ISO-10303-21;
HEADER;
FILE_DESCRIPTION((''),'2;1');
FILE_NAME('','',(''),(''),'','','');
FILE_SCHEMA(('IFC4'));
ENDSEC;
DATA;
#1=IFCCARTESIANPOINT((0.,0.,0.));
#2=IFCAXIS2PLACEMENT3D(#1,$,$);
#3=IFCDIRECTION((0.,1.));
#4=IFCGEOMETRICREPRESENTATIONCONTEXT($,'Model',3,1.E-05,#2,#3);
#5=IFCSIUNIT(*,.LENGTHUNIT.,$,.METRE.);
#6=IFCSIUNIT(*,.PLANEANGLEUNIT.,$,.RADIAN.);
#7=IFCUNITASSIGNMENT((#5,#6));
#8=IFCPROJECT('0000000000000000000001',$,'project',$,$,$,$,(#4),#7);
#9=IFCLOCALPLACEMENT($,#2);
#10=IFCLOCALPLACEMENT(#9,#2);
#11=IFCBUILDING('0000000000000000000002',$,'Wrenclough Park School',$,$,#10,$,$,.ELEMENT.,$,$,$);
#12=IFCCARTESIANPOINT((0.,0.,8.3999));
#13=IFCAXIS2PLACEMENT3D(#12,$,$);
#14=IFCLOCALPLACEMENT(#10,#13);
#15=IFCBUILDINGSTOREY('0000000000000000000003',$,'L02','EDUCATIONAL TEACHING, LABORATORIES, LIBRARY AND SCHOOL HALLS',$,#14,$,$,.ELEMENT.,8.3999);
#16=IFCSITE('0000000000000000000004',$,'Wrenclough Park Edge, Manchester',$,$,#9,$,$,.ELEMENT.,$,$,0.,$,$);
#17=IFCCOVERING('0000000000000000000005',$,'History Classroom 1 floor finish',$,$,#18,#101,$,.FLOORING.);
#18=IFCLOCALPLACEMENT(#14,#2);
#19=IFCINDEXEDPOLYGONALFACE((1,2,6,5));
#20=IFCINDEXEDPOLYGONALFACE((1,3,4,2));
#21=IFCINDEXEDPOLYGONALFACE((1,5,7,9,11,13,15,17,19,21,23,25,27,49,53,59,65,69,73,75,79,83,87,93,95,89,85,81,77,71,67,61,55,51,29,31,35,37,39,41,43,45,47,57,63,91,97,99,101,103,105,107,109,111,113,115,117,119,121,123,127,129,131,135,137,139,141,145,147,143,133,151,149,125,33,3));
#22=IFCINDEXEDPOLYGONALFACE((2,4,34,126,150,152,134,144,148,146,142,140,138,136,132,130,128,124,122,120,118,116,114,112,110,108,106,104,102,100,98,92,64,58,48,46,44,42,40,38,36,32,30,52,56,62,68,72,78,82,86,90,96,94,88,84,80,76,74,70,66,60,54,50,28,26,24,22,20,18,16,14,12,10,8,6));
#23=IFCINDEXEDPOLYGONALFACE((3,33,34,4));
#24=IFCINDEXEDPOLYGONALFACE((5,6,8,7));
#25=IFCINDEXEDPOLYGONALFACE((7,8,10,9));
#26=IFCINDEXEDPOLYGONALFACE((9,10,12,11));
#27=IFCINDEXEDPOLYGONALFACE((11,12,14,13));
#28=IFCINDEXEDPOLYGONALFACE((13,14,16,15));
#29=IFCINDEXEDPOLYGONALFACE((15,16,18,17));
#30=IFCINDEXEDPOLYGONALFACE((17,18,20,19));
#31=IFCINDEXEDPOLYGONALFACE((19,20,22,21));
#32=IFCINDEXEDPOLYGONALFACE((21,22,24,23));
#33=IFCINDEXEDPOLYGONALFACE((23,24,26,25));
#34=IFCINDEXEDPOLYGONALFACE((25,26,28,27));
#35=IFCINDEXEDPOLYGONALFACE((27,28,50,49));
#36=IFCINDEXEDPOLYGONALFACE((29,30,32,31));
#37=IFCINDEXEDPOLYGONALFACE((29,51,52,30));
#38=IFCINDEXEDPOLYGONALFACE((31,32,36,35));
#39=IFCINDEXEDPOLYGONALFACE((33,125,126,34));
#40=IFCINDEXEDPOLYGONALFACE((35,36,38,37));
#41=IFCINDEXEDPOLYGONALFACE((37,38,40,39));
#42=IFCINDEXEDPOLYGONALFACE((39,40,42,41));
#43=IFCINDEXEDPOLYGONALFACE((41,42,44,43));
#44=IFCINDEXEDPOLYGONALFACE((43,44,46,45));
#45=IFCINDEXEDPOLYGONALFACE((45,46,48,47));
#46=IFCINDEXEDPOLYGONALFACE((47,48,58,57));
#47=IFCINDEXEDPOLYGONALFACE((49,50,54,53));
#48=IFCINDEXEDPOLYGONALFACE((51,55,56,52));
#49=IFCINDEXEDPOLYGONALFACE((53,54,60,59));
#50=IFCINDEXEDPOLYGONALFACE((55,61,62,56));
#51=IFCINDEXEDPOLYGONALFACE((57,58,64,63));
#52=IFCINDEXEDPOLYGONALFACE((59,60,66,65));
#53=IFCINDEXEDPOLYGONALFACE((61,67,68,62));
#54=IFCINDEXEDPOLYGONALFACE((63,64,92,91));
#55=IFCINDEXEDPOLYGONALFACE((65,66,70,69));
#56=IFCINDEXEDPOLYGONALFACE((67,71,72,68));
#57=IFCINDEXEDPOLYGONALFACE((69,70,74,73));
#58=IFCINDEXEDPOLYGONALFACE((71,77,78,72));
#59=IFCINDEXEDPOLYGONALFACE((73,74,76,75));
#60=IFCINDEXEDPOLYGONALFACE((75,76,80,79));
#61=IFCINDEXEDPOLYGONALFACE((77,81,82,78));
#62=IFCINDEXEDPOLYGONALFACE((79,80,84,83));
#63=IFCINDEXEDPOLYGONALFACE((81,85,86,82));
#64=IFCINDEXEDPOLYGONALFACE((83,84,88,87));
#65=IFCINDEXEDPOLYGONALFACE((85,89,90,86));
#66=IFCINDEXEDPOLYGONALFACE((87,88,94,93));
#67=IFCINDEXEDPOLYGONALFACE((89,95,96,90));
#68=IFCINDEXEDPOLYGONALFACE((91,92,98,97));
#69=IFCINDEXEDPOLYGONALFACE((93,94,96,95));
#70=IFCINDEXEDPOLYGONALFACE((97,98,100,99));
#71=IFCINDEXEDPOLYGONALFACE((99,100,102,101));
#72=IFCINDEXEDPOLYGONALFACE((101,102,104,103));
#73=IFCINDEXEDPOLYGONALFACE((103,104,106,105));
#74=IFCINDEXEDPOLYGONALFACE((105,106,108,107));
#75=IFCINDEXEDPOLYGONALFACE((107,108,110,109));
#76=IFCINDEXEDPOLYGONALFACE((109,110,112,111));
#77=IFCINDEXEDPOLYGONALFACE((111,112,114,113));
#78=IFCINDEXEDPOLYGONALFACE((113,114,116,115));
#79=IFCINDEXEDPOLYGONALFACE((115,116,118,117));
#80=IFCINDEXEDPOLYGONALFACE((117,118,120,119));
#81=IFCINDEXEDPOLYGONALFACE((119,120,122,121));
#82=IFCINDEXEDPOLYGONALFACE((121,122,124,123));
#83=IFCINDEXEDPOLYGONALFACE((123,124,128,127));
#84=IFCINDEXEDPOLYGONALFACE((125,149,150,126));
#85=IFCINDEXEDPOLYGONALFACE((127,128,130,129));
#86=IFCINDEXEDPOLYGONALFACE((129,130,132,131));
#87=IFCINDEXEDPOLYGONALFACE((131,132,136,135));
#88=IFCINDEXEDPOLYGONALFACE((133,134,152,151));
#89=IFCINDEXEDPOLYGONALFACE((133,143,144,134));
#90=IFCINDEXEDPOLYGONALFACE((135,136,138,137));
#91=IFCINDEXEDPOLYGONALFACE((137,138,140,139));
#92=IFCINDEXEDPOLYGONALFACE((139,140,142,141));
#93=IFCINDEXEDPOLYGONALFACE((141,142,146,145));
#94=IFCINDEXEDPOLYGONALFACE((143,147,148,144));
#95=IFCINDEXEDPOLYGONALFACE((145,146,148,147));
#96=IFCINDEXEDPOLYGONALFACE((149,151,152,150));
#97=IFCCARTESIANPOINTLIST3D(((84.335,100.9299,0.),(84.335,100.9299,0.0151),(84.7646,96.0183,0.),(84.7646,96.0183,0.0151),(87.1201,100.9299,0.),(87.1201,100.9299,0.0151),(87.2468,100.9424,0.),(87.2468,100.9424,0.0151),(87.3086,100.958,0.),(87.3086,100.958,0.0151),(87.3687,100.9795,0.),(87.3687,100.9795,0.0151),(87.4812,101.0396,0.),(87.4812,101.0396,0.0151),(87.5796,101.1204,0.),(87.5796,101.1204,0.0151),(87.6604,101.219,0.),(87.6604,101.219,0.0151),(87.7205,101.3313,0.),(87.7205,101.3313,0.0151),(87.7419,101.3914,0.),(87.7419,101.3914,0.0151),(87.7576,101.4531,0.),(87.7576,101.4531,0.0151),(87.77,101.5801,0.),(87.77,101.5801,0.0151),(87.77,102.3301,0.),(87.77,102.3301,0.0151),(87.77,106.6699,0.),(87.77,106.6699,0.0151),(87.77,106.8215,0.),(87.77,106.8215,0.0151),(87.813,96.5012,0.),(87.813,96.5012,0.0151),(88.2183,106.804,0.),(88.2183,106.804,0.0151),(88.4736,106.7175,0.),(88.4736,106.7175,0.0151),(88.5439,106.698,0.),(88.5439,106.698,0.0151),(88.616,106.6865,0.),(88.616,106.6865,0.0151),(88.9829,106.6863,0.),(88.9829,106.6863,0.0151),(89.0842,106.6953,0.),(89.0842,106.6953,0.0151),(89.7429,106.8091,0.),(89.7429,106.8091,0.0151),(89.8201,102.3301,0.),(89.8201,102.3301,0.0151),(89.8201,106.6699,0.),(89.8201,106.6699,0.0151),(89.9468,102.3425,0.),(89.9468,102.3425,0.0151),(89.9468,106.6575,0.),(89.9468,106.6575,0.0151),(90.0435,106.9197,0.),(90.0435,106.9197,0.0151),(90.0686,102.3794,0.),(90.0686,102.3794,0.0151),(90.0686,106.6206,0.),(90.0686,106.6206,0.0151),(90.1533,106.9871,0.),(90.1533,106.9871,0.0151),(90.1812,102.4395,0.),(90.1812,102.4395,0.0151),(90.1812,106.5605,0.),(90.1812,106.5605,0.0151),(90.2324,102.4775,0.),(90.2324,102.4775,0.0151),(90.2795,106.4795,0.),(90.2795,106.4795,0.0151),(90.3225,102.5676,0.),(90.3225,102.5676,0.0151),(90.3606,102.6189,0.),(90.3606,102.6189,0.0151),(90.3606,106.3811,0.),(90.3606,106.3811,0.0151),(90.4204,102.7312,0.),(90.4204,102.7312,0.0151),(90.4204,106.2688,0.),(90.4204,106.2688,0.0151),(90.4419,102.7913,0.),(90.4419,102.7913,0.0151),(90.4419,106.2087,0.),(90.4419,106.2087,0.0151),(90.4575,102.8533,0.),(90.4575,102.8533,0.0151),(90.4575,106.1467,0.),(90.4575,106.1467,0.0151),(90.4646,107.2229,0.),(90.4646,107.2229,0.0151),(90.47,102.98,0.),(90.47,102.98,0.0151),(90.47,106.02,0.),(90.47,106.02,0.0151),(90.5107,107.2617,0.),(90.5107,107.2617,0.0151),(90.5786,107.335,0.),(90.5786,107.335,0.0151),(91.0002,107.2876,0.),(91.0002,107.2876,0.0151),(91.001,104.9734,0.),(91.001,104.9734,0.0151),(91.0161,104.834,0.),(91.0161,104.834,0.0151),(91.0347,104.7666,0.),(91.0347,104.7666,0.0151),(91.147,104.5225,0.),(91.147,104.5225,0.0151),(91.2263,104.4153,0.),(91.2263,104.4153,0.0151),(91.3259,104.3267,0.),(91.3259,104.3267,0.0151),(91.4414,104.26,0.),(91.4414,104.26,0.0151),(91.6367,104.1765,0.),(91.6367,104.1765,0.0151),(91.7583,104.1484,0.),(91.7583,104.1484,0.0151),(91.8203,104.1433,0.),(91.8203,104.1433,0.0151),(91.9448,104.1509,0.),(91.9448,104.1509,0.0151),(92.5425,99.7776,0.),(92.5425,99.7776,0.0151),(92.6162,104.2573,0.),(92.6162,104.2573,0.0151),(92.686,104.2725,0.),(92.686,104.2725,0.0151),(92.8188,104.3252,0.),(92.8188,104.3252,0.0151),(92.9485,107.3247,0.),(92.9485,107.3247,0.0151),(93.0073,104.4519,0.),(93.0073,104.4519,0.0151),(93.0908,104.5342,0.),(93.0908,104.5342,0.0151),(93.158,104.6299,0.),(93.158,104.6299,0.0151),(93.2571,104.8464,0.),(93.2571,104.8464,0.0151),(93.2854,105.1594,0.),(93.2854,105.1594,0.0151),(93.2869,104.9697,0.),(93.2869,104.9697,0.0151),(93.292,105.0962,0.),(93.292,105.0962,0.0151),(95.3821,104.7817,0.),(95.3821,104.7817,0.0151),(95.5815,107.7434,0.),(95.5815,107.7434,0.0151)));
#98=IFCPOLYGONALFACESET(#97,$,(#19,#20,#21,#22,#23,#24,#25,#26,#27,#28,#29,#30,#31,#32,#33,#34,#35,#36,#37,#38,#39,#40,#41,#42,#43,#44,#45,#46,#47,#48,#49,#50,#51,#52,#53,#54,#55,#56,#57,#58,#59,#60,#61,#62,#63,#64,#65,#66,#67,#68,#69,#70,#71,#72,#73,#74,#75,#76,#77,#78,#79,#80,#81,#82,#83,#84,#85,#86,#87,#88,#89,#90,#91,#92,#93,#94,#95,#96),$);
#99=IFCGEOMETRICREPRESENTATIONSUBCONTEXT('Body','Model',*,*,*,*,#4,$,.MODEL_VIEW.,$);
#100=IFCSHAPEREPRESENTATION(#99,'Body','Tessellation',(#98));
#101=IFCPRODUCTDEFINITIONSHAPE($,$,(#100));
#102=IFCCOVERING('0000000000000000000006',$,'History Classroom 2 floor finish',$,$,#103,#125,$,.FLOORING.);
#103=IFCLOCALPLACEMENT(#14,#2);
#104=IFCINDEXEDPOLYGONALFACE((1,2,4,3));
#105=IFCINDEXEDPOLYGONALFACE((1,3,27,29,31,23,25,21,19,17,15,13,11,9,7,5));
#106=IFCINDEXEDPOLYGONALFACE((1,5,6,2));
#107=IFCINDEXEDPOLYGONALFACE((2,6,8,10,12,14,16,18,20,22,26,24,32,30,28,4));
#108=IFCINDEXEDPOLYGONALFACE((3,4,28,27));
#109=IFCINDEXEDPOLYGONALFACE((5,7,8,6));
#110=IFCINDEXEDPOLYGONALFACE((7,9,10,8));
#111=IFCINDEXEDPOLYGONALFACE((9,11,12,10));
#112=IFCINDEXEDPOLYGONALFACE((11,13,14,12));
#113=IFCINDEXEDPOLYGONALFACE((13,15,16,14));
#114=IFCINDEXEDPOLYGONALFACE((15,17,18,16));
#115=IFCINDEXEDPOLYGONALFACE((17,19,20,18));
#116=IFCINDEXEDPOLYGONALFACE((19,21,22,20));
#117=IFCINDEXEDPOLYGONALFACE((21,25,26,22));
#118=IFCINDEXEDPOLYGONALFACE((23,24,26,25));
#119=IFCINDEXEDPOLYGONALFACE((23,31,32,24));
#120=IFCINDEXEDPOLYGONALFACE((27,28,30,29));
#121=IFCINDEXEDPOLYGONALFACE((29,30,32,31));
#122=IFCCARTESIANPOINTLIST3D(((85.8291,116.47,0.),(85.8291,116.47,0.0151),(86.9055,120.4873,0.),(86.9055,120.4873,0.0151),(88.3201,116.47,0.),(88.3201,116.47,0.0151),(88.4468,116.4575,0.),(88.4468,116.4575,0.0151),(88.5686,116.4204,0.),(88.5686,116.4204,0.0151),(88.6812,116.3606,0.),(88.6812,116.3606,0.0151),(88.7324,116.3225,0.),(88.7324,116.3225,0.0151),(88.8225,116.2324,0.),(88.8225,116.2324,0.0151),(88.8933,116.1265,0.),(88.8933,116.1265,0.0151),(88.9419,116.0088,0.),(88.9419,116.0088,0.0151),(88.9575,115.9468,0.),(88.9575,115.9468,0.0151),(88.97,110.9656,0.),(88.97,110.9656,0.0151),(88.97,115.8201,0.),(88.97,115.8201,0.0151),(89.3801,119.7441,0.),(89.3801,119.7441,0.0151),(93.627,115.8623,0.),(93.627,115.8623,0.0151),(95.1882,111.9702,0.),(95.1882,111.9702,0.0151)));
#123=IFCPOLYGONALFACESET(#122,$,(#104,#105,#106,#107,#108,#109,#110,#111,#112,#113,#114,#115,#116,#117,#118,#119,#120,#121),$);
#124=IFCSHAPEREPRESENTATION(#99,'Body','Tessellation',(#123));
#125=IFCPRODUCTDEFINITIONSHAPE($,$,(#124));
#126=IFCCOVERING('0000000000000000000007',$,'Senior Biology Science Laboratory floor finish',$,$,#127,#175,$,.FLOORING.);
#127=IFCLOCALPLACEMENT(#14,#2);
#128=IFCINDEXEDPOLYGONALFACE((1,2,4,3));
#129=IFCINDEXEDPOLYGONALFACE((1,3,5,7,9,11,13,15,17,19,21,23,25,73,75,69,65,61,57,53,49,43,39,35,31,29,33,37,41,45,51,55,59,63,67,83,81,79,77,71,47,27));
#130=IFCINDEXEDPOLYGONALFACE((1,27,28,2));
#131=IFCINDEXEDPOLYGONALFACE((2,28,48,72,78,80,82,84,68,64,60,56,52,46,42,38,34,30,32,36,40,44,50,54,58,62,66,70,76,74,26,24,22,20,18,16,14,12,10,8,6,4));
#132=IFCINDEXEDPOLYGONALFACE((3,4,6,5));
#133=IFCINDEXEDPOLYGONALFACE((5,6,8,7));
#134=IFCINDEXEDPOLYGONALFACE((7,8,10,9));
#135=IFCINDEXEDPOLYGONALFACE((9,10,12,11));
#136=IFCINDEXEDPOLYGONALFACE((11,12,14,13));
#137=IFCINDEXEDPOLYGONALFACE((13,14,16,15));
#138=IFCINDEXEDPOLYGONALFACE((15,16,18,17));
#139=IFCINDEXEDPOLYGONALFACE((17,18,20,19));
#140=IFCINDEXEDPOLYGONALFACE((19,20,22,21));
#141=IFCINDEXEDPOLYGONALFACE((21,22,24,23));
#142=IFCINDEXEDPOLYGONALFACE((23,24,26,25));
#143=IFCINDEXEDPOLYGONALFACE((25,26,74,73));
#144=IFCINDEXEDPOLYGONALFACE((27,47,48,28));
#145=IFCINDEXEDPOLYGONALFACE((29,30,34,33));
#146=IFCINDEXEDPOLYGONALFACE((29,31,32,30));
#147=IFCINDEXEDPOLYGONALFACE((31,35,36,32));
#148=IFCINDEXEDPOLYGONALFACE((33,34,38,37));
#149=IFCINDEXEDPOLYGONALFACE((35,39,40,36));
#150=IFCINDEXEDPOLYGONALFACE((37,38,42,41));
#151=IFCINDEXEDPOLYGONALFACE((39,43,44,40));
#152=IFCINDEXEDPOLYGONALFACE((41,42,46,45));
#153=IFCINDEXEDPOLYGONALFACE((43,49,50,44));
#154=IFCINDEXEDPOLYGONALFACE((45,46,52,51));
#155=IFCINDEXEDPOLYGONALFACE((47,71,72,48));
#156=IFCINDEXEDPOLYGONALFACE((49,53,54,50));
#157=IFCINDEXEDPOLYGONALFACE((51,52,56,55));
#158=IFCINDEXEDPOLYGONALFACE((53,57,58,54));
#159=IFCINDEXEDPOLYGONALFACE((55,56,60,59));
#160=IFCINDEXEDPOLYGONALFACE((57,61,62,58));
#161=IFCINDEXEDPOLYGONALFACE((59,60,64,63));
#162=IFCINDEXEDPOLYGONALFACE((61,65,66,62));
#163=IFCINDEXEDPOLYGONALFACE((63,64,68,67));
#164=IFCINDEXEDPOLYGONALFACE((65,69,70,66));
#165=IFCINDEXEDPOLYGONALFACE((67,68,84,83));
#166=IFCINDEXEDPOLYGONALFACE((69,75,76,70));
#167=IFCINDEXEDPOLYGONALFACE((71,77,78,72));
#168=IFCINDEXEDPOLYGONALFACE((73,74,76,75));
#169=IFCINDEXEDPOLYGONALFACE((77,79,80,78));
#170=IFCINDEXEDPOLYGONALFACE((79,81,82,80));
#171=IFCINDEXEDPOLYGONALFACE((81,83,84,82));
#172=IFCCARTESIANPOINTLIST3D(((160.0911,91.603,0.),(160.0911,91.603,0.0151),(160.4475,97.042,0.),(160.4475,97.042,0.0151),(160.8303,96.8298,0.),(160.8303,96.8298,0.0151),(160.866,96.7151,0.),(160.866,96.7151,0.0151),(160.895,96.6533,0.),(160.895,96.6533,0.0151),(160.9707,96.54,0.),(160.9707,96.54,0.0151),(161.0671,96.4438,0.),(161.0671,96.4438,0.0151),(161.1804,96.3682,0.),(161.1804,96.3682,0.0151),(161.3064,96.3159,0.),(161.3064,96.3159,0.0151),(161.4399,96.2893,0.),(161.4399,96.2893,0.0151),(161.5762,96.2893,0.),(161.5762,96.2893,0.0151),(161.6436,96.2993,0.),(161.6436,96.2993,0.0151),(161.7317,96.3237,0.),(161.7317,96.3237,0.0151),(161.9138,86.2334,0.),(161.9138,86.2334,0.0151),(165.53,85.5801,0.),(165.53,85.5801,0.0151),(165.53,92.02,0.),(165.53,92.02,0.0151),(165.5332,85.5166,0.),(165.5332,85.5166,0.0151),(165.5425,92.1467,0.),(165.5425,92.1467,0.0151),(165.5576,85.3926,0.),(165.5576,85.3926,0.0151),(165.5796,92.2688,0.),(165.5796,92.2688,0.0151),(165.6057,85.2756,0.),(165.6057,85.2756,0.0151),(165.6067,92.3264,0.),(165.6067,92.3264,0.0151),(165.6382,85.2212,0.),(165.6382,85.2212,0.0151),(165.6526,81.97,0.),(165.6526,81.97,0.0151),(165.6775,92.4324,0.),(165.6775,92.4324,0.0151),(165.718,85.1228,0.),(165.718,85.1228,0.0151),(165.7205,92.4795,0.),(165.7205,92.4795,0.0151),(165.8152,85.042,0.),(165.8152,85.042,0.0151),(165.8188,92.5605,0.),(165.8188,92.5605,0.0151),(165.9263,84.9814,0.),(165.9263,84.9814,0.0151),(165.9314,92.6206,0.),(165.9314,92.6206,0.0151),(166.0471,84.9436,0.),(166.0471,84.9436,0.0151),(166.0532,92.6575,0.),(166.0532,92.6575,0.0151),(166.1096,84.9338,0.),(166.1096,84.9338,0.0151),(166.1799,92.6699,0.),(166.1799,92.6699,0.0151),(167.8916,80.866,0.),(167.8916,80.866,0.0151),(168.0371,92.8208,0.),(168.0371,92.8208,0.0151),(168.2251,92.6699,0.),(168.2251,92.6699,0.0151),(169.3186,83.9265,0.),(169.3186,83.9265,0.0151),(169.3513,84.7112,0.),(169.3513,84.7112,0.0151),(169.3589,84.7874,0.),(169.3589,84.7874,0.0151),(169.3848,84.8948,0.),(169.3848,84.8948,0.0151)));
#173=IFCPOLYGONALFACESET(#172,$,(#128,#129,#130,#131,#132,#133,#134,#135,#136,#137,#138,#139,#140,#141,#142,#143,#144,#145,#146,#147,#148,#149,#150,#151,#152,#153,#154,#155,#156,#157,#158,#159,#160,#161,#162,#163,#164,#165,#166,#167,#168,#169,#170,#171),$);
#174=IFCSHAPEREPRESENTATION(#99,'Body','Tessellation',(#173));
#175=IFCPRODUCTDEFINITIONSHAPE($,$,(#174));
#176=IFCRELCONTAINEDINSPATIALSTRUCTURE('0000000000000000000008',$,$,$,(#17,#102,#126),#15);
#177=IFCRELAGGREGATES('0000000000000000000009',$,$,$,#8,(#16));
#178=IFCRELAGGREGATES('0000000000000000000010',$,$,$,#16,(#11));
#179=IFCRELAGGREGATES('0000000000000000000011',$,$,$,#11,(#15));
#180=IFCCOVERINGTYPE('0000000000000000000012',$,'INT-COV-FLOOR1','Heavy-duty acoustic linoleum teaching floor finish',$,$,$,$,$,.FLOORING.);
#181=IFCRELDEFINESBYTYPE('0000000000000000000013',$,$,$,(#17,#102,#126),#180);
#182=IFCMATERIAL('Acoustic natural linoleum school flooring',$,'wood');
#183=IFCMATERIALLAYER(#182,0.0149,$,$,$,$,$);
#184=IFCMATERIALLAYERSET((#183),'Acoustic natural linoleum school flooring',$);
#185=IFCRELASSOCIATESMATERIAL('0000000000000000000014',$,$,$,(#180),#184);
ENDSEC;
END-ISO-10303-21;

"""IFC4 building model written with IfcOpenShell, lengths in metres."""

from ifc_helpers import new_model, si_unit, direction, frame, origin, place, context, subcontext, project, spatial, polyline, outline, extrude, material, layer, layer_set, type_object, element, save


model = new_model("IFC4")

# Units and contexts
model_context = context("Model", 3, precision=1e-05, world=origin(), true_north=direction((0.0, 1.0)))
body_context = subcontext(model_context, "Body", "Model", "MODEL_VIEW")
ifc_project = project(units=[si_unit("LENGTHUNIT", "METRE"), si_unit("PLANEANGLEUNIT", "RADIAN")], contexts=[model_context])

# Site, building, storey
site_placement = place(None, origin())
site = spatial("IfcSite", under=ifc_project, at=site_placement, Name="Wrenclough Park Edge, Manchester", CompositionType="ELEMENT", RefElevation=0.0)
building_placement = place(site_placement, origin())
building = spatial("IfcBuilding", under=site, at=building_placement, Name="Wrenclough Park School", CompositionType="ELEMENT")
storey_placement = place(building_placement, frame((0.0, 0.0, 8.3999)))
storey = spatial("IfcBuildingStorey", under=building, at=storey_placement, Name="L02", Description="EDUCATIONAL TEACHING, LABORATORIES, LIBRARY AND SCHOOL HALLS", CompositionType="ELEMENT", Elevation=8.3999)

# Coverings
ifc_material_1 = material(Name="Acoustic natural linoleum school flooring", Category="wood")
ifc_layer_1 = layer(ifc_material_1, 0.0149)
ifc_layer_set_1 = layer_set([ifc_layer_1], Name="Acoustic natural linoleum school flooring")
covering_type_1 = type_object("IfcCoveringType", Name="INT-COV-FLOOR1", Description="Heavy-duty acoustic linoleum teaching floor finish", PredefinedType="FLOORING", material=ifc_layer_set_1)
covering_1_placement = place(storey_placement, origin())
element("IfcCovering", 1, at=covering_1_placement, inside=storey, type_object=covering_type_1, Name="History Classroom 1 floor finish", PredefinedType="FLOORING", context=body_context, shape_type="SweptSolid", body=[
    extrude(outline(polyline([(87.77, 106.8215), (87.77, 106.6699), (89.8201, 106.6699), (89.9468, 106.6575), (90.0686, 106.6206), (90.1812, 106.5605), (90.2795, 106.4795), (90.3606, 106.3811), (90.4204, 106.2688), (90.4419, 106.2087), (90.4575, 106.1467), (90.47, 106.02), (90.47, 102.98), (90.4575, 102.8533), (90.4419, 102.7913), (90.4204, 102.7312), (90.3606, 102.6189), (90.3225, 102.5676), (90.2324, 102.4775), (90.1812, 102.4395), (90.0686, 102.3794), (89.9468, 102.3425), (89.8201, 102.3301), (87.77, 102.3301), (87.77, 101.5801), (87.7576, 101.4531), (87.7419, 101.3914), (87.7205, 101.3313), (87.6604, 101.219), (87.5796, 101.1204), (87.4812, 101.0396), (87.3687, 100.9795), (87.3086, 100.958), (87.2468, 100.9424), (87.1201, 100.9299), (84.335, 100.9299), (84.7646, 96.0183), (87.813, 96.5012), (92.5425, 99.7776), (95.3821, 104.7817), (95.5815, 107.7434), (92.9485, 107.3247), (93.2854, 105.1594), (93.292, 105.0962), (93.2869, 104.9697), (93.2571, 104.8464), (93.158, 104.6299), (93.0908, 104.5342), (93.0073, 104.4519), (92.8188, 104.3252), (92.686, 104.2725), (92.6162, 104.2573), (91.9448, 104.1509), (91.8203, 104.1433), (91.7583, 104.1484), (91.6367, 104.1765), (91.4414, 104.26), (91.3259, 104.3267), (91.2263, 104.4153), (91.147, 104.5225), (91.0347, 104.7666), (91.0161, 104.834), (91.001, 104.9734), (91.0002, 107.2876), (90.5786, 107.335), (90.5107, 107.2617), (90.4646, 107.2229), (90.1533, 106.9871), (90.0435, 106.9197), (89.7429, 106.8091), (89.0842, 106.6953), (88.9829, 106.6863), (88.616, 106.6865), (88.5439, 106.698), (88.4736, 106.7175), (88.2183, 106.804), (87.77, 106.8215)])), origin(), (0.0, 0.0, 1.0), 0.0151),
])
covering_2_placement = place(storey_placement, origin())
element("IfcCovering", 2, at=covering_2_placement, inside=storey, type_object=covering_type_1, Name="History Classroom 2 floor finish", PredefinedType="FLOORING", context=body_context, shape_type="SweptSolid", body=[
    extrude(outline(polyline([(88.97, 115.8201), (88.97, 110.9656), (95.1882, 111.9702), (93.627, 115.8623), (89.3801, 119.7441), (86.9055, 120.4873), (85.8291, 116.47), (88.3201, 116.47), (88.4468, 116.4575), (88.5686, 116.4204), (88.6812, 116.3606), (88.7324, 116.3225), (88.8225, 116.2324), (88.8933, 116.1265), (88.9419, 116.0088), (88.9575, 115.9468), (88.97, 115.8201)])), origin(), (0.0, 0.0, 1.0), 0.0151),
])
covering_3_placement = place(storey_placement, origin())
element("IfcCovering", 3, at=covering_3_placement, inside=storey, type_object=covering_type_1, Name="Senior Biology Science Laboratory floor finish", PredefinedType="FLOORING", context=body_context, shape_type="SweptSolid", body=[
    extrude(outline(polyline([(160.8303, 96.8298), (160.4475, 97.042), (160.0911, 91.603), (161.9138, 86.2334), (165.6526, 81.97), (167.8916, 80.866), (169.3186, 83.9265), (169.3513, 84.7112), (169.3589, 84.7874), (169.3848, 84.8948), (166.1096, 84.9338), (166.0471, 84.9436), (165.9263, 84.9814), (165.8152, 85.042), (165.718, 85.1228), (165.6382, 85.2212), (165.6057, 85.2756), (165.5576, 85.3926), (165.5332, 85.5166), (165.53, 85.5801), (165.53, 92.02), (165.5425, 92.1467), (165.5796, 92.2688), (165.6067, 92.3264), (165.6775, 92.4324), (165.7205, 92.4795), (165.8188, 92.5605), (165.9314, 92.6206), (166.0532, 92.6575), (166.1799, 92.6699), (168.2251, 92.6699), (168.0371, 92.8208), (161.7317, 96.3237), (161.6436, 96.2993), (161.5762, 96.2893), (161.4399, 96.2893), (161.3064, 96.3159), (161.1804, 96.3682), (161.0671, 96.4438), (160.9707, 96.54), (160.895, 96.6533), (160.866, 96.7151), (160.8303, 96.8298)])), origin(), (0.0, 0.0, 1.0), 0.0151),
])

save(model, "model.ifc")
